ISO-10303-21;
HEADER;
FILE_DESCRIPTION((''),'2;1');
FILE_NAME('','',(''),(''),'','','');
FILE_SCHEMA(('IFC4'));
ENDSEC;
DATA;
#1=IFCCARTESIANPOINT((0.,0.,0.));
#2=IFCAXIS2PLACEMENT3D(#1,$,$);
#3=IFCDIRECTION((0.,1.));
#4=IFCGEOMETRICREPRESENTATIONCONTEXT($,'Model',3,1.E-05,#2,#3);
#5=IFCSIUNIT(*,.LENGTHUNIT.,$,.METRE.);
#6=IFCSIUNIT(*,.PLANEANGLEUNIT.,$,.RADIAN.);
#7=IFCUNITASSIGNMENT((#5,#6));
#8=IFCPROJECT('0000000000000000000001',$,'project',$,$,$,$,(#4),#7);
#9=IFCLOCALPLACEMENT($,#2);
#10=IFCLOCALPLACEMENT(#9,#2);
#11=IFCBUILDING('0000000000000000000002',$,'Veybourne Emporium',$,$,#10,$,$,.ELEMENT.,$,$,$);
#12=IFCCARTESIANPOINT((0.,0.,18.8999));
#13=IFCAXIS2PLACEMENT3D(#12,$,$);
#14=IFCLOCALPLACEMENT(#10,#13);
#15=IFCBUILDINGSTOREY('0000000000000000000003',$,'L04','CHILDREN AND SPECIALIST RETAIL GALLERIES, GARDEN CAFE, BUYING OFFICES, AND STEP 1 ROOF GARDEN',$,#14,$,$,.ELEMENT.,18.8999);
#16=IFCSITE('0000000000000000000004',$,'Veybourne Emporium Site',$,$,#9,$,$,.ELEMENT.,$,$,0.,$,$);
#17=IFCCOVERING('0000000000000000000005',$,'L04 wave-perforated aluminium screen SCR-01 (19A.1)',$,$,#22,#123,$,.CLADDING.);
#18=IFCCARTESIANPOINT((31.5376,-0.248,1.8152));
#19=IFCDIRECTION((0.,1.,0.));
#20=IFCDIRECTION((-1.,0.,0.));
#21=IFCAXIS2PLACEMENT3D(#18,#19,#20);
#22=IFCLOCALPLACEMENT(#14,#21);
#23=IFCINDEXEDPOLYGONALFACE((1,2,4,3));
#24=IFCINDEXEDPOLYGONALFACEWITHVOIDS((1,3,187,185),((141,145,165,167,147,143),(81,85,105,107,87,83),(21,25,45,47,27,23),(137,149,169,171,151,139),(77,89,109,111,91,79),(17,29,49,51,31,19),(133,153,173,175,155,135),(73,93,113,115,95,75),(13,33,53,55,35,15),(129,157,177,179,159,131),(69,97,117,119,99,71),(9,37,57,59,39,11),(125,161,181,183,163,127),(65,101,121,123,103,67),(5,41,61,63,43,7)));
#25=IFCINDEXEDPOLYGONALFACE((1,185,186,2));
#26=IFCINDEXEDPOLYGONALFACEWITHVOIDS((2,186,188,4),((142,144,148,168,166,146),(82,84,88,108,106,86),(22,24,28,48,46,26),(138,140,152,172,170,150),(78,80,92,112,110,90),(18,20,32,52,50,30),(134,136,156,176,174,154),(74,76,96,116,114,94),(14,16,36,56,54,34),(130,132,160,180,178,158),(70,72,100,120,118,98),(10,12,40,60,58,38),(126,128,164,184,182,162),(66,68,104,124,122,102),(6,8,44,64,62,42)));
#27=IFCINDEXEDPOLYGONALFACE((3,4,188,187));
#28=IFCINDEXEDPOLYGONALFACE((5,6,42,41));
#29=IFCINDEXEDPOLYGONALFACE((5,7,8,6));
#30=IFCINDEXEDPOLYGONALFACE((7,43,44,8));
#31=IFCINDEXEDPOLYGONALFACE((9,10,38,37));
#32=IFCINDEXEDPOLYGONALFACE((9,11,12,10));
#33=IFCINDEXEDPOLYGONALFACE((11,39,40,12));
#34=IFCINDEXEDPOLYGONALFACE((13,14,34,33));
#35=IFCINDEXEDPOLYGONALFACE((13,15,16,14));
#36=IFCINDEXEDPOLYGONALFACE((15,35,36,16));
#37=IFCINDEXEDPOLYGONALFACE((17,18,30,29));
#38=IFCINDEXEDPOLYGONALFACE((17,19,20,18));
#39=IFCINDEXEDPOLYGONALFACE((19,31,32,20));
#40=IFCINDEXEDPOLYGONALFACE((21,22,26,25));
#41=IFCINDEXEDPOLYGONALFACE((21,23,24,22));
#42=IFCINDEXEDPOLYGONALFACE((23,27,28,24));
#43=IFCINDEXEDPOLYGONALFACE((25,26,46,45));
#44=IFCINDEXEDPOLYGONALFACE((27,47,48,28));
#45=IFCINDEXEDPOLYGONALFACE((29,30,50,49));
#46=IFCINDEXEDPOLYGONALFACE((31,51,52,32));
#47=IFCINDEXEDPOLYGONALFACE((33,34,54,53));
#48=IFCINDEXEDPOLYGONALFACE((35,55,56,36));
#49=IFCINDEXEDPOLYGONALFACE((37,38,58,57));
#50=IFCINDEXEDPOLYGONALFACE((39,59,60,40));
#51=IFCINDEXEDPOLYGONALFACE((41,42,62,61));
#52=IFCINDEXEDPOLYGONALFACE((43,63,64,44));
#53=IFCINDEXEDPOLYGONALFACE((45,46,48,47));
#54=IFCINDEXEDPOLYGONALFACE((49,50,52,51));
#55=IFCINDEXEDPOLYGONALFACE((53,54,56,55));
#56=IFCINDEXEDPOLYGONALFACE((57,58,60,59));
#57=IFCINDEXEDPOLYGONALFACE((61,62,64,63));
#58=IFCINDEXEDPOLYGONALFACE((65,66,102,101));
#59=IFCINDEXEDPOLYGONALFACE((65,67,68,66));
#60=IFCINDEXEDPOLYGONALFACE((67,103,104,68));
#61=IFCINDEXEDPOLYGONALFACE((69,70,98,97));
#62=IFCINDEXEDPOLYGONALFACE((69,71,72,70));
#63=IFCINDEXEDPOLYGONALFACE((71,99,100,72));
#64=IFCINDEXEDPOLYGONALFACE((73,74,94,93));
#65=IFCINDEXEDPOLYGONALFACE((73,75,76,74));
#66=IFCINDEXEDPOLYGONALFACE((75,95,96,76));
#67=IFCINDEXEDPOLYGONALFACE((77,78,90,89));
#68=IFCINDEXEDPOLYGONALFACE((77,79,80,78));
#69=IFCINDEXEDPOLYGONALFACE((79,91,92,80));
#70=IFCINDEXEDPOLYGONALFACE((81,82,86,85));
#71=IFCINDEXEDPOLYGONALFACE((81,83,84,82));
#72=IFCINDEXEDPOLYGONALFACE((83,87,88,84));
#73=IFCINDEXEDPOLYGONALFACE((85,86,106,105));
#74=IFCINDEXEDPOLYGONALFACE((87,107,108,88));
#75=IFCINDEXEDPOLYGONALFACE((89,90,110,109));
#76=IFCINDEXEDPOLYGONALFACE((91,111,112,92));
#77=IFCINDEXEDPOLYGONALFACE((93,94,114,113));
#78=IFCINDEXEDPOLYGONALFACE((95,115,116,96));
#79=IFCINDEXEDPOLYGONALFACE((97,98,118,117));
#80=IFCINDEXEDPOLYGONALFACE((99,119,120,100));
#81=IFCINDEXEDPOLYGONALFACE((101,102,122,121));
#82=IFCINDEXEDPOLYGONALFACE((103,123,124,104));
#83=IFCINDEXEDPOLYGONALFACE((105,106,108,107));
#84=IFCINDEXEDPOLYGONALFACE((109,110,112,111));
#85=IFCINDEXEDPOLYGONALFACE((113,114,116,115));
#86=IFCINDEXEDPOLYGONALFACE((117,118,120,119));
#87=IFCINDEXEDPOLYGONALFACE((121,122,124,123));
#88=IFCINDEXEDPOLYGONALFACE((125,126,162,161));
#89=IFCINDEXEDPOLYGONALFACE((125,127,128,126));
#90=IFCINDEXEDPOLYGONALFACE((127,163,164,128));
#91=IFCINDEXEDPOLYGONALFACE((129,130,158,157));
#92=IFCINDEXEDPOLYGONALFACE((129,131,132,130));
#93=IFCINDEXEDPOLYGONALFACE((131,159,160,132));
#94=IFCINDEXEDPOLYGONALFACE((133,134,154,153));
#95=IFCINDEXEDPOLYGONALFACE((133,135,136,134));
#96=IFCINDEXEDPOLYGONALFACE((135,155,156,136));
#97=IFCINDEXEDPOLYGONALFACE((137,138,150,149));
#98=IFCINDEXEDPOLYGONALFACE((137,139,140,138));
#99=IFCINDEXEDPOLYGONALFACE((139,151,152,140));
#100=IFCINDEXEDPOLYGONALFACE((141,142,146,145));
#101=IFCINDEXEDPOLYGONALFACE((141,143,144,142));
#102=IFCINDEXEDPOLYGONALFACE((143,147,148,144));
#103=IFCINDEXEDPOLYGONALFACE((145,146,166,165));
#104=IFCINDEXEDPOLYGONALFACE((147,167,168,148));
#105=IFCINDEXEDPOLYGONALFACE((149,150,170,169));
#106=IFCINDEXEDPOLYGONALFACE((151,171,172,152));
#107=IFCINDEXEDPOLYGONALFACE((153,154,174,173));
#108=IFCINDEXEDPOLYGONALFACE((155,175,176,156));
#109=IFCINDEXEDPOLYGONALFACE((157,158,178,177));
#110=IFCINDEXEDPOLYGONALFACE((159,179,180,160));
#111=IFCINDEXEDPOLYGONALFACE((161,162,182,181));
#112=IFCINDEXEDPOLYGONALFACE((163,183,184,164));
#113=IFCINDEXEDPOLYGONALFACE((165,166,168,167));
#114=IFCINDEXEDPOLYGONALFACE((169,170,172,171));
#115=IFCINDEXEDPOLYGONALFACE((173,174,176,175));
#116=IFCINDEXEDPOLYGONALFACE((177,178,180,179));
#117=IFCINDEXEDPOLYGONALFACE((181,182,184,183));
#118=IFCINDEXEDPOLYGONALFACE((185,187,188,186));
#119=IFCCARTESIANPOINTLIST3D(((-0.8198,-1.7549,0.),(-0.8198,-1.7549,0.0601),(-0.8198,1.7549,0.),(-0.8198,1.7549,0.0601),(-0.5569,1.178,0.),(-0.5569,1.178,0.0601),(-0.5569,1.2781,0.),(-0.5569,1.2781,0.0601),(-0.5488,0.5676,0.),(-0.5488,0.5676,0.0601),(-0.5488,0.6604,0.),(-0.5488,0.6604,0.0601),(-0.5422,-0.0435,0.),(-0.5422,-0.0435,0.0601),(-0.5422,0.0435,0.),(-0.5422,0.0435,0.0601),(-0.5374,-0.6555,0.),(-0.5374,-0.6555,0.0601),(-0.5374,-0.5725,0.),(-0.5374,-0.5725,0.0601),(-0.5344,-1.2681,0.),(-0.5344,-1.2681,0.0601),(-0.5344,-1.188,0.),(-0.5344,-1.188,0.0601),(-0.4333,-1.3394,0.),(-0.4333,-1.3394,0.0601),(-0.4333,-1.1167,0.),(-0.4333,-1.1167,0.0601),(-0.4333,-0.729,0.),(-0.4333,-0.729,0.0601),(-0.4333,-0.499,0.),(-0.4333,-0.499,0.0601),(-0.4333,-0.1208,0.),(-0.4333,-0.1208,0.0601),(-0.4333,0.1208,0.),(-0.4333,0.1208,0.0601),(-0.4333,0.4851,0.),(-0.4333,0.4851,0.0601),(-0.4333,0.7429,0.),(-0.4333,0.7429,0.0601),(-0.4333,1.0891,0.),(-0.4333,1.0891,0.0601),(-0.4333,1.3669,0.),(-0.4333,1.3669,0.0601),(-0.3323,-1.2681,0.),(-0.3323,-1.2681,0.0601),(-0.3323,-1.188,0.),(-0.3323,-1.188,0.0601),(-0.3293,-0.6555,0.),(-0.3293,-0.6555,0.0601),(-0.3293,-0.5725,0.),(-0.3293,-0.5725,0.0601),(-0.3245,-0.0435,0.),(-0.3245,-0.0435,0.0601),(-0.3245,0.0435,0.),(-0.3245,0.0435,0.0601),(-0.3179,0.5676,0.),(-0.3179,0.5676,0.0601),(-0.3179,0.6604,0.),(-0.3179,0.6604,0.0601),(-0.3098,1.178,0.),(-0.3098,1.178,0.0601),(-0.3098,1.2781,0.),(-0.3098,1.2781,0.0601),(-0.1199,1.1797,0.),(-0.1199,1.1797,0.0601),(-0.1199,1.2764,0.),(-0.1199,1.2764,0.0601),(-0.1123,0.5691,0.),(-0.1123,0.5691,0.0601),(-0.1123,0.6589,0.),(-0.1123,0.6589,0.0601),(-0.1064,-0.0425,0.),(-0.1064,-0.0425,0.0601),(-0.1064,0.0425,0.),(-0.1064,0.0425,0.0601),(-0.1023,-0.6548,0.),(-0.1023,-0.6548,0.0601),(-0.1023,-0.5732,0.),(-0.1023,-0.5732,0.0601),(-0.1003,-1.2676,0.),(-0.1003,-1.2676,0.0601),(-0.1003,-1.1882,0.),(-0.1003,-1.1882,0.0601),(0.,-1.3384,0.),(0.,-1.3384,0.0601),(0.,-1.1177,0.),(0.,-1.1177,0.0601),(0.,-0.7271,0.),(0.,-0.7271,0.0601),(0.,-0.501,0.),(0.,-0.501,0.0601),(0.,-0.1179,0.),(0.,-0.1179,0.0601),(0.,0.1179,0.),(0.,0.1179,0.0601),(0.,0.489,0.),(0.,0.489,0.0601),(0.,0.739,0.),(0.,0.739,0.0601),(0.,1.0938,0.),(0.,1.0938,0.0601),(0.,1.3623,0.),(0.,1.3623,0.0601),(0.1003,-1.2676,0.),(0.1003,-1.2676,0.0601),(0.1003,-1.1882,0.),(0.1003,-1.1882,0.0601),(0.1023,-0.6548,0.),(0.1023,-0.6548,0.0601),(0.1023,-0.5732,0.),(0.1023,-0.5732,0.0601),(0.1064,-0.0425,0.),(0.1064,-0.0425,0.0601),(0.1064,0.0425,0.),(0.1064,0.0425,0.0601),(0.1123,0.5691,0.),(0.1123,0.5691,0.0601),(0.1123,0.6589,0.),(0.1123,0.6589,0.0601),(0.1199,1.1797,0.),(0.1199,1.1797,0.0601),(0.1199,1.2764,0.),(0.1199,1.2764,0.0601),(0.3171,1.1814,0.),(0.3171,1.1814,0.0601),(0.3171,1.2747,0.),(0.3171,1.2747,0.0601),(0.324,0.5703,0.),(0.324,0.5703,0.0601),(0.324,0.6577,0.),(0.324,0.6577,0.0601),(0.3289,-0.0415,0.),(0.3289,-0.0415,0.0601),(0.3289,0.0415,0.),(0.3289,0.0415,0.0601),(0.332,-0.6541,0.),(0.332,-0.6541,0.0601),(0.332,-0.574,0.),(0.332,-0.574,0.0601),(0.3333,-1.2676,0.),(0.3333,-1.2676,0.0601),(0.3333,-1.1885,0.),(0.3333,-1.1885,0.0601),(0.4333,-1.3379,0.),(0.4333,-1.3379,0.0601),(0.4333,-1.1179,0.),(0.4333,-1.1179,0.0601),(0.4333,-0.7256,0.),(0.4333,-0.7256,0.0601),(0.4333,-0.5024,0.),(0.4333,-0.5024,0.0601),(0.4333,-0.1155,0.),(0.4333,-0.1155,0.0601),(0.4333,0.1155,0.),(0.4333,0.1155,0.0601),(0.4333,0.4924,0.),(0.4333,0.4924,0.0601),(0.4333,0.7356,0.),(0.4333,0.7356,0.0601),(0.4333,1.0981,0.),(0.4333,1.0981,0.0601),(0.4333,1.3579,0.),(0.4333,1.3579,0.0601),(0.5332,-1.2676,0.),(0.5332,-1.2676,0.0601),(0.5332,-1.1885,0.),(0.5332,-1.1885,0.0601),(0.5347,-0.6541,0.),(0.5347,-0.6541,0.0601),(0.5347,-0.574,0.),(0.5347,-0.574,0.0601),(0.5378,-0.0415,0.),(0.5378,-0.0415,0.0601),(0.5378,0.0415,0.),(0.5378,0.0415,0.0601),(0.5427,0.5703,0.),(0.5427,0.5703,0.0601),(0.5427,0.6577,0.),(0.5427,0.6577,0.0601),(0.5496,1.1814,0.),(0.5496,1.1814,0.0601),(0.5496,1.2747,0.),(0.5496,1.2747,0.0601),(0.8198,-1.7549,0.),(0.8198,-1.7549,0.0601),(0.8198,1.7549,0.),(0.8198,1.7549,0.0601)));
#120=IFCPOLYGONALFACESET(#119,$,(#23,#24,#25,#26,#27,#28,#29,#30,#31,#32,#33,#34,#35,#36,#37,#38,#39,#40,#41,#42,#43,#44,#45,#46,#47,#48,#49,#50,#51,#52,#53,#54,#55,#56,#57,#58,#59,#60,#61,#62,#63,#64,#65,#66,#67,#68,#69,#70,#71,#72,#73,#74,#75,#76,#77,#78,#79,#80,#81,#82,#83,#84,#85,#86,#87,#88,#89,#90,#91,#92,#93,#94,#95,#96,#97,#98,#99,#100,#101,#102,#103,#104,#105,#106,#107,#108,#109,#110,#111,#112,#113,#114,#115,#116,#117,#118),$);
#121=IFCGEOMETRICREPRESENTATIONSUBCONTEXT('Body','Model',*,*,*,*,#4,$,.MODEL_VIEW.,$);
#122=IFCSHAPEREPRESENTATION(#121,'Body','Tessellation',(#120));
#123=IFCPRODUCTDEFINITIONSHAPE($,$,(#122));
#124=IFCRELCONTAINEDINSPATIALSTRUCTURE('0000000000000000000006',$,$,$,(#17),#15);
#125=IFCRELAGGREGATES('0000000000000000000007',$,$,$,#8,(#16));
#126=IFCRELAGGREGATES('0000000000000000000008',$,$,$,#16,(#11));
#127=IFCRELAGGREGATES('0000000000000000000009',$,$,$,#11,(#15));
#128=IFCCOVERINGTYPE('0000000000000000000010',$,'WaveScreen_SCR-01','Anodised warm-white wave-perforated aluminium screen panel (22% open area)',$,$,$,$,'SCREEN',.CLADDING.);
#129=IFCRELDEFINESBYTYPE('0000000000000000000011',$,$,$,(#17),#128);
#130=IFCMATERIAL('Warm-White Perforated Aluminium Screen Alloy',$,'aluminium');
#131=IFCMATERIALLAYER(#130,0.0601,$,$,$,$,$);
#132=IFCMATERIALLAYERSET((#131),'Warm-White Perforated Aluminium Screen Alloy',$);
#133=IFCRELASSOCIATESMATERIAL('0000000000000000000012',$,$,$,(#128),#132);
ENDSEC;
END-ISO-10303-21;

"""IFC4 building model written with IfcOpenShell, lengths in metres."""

from ifc_helpers import new_model, si_unit, direction, frame, origin, place, context, subcontext, project, spatial, polyline, outline, extrude, material, layer, layer_set, type_object, element, save


model = new_model("IFC4")

# Units and contexts
model_context = context("Model", 3, precision=1e-05, world=origin(), true_north=direction((0.0, 1.0)))
body_context = subcontext(model_context, "Body", "Model", "MODEL_VIEW")
ifc_project = project(units=[si_unit("LENGTHUNIT", "METRE"), si_unit("PLANEANGLEUNIT", "RADIAN")], contexts=[model_context])

# Site, building, storey
site_placement = place(None, origin())
site = spatial("IfcSite", under=ifc_project, at=site_placement, Name="Veybourne Emporium Site", CompositionType="ELEMENT", RefElevation=0.0)
building_placement = place(site_placement, origin())
building = spatial("IfcBuilding", under=site, at=building_placement, Name="Veybourne Emporium", CompositionType="ELEMENT")
storey_placement = place(building_placement, frame((0.0, 0.0, 18.8999)))
storey = spatial("IfcBuildingStorey", under=building, at=storey_placement, Name="L04", Description="CHILDREN AND SPECIALIST RETAIL GALLERIES, GARDEN CAFE, BUYING OFFICES, AND STEP 1 ROOF GARDEN", CompositionType="ELEMENT", Elevation=18.8999)

# Covering
ifc_material_1 = material(Name="Warm-White Perforated Aluminium Screen Alloy", Category="aluminium")
ifc_layer_1 = layer(ifc_material_1, 0.0601)
ifc_layer_set_1 = layer_set([ifc_layer_1], Name="Warm-White Perforated Aluminium Screen Alloy")
covering_type_1 = type_object("IfcCoveringType", Name="WaveScreen_SCR-01", Description="Anodised warm-white wave-perforated aluminium screen panel (22% open area)", ElementType="SCREEN", PredefinedType="CLADDING", material=ifc_layer_set_1)
covering_1_placement = place(storey_placement, frame((31.5376, -0.248, 1.8152), z_axis=(0.0, 1.0, 0.0), x_axis=(-1.0, 0.0, 0.0)))
element("IfcCovering", 1, at=covering_1_placement, inside=storey, type_object=covering_type_1, Name="L04 wave-perforated aluminium screen SCR-01 (19A.1)", PredefinedType="CLADDING", context=body_context, shape_type="SweptSolid", body=[
    extrude(outline(polyline([(-0.8198, -1.7549), (0.8198, -1.7549), (0.8198, 1.7549), (-0.8198, 1.7549), (-0.8198, -1.7549)]), holes=[polyline([(-0.4333, -1.1167), (-0.3323, -1.188), (-0.3323, -1.2681), (-0.4333, -1.3394), (-0.5344, -1.2681), (-0.5344, -1.188), (-0.4333, -1.1167)]), polyline([(-0.4333, -0.499), (-0.3293, -0.5725), (-0.3293, -0.6555), (-0.4333, -0.729), (-0.5374, -0.6555), (-0.5374, -0.5725), (-0.4333, -0.499)]), polyline([(-0.4333, 0.1208), (-0.3245, 0.0435), (-0.3245, -0.0435), (-0.4333, -0.1208), (-0.5422, -0.0435), (-0.5422, 0.0435), (-0.4333, 0.1208)]), polyline([(-0.4333, 0.7429), (-0.3179, 0.6604), (-0.3179, 0.5676), (-0.4333, 0.4851), (-0.5488, 0.5676), (-0.5488, 0.6604), (-0.4333, 0.7429)]), polyline([(-0.4333, 1.3669), (-0.3098, 1.2781), (-0.3098, 1.178), (-0.4333, 1.0891), (-0.5569, 1.178), (-0.5569, 1.2781), (-0.4333, 1.3669)]), polyline([(0.0, -1.1177), (0.1003, -1.1882), (0.1003, -1.2676), (0.0, -1.3384), (-0.1003, -1.2676), (-0.1003, -1.1882), (0.0, -1.1177)]), polyline([(0.0, -0.501), (0.1023, -0.5732), (0.1023, -0.6548), (0.0, -0.7271), (-0.1023, -0.6548), (-0.1023, -0.5732), (0.0, -0.501)]), polyline([(0.0, 0.1179), (0.1064, 0.0425), (0.1064, -0.0425), (0.0, -0.1179), (-0.1064, -0.0425), (-0.1064, 0.0425), (0.0, 0.1179)]), polyline([(0.0, 0.739), (0.1123, 0.6589), (0.1123, 0.5691), (0.0, 0.489), (-0.1123, 0.5691), (-0.1123, 0.6589), (0.0, 0.739)]), polyline([(0.0, 1.3623), (0.1199, 1.2764), (0.1199, 1.1797), (0.0, 1.0938), (-0.1199, 1.1797), (-0.1199, 1.2764), (0.0, 1.3623)]), polyline([(0.4333, -1.1179), (0.5332, -1.1885), (0.5332, -1.2676), (0.4333, -1.3379), (0.3333, -1.2676), (0.3333, -1.1885), (0.4333, -1.1179)]), polyline([(0.4333, -0.5024), (0.5347, -0.574), (0.5347, -0.6541), (0.4333, -0.7256), (0.332, -0.6541), (0.332, -0.574), (0.4333, -0.5024)]), polyline([(0.4333, 0.1155), (0.5378, 0.0415), (0.5378, -0.0415), (0.4333, -0.1155), (0.3289, -0.0415), (0.3289, 0.0415), (0.4333, 0.1155)]), polyline([(0.4333, 0.7356), (0.5427, 0.6577), (0.5427, 0.5703), (0.4333, 0.4924), (0.324, 0.5703), (0.324, 0.6577), (0.4333, 0.7356)]), polyline([(0.4333, 1.3579), (0.5496, 1.2747), (0.5496, 1.1814), (0.4333, 1.0981), (0.3171, 1.1814), (0.3171, 1.2747), (0.4333, 1.3579)])]), origin(), (0.0, 0.0, 1.0), 0.0601),
])

save(model, "model.ifc")
